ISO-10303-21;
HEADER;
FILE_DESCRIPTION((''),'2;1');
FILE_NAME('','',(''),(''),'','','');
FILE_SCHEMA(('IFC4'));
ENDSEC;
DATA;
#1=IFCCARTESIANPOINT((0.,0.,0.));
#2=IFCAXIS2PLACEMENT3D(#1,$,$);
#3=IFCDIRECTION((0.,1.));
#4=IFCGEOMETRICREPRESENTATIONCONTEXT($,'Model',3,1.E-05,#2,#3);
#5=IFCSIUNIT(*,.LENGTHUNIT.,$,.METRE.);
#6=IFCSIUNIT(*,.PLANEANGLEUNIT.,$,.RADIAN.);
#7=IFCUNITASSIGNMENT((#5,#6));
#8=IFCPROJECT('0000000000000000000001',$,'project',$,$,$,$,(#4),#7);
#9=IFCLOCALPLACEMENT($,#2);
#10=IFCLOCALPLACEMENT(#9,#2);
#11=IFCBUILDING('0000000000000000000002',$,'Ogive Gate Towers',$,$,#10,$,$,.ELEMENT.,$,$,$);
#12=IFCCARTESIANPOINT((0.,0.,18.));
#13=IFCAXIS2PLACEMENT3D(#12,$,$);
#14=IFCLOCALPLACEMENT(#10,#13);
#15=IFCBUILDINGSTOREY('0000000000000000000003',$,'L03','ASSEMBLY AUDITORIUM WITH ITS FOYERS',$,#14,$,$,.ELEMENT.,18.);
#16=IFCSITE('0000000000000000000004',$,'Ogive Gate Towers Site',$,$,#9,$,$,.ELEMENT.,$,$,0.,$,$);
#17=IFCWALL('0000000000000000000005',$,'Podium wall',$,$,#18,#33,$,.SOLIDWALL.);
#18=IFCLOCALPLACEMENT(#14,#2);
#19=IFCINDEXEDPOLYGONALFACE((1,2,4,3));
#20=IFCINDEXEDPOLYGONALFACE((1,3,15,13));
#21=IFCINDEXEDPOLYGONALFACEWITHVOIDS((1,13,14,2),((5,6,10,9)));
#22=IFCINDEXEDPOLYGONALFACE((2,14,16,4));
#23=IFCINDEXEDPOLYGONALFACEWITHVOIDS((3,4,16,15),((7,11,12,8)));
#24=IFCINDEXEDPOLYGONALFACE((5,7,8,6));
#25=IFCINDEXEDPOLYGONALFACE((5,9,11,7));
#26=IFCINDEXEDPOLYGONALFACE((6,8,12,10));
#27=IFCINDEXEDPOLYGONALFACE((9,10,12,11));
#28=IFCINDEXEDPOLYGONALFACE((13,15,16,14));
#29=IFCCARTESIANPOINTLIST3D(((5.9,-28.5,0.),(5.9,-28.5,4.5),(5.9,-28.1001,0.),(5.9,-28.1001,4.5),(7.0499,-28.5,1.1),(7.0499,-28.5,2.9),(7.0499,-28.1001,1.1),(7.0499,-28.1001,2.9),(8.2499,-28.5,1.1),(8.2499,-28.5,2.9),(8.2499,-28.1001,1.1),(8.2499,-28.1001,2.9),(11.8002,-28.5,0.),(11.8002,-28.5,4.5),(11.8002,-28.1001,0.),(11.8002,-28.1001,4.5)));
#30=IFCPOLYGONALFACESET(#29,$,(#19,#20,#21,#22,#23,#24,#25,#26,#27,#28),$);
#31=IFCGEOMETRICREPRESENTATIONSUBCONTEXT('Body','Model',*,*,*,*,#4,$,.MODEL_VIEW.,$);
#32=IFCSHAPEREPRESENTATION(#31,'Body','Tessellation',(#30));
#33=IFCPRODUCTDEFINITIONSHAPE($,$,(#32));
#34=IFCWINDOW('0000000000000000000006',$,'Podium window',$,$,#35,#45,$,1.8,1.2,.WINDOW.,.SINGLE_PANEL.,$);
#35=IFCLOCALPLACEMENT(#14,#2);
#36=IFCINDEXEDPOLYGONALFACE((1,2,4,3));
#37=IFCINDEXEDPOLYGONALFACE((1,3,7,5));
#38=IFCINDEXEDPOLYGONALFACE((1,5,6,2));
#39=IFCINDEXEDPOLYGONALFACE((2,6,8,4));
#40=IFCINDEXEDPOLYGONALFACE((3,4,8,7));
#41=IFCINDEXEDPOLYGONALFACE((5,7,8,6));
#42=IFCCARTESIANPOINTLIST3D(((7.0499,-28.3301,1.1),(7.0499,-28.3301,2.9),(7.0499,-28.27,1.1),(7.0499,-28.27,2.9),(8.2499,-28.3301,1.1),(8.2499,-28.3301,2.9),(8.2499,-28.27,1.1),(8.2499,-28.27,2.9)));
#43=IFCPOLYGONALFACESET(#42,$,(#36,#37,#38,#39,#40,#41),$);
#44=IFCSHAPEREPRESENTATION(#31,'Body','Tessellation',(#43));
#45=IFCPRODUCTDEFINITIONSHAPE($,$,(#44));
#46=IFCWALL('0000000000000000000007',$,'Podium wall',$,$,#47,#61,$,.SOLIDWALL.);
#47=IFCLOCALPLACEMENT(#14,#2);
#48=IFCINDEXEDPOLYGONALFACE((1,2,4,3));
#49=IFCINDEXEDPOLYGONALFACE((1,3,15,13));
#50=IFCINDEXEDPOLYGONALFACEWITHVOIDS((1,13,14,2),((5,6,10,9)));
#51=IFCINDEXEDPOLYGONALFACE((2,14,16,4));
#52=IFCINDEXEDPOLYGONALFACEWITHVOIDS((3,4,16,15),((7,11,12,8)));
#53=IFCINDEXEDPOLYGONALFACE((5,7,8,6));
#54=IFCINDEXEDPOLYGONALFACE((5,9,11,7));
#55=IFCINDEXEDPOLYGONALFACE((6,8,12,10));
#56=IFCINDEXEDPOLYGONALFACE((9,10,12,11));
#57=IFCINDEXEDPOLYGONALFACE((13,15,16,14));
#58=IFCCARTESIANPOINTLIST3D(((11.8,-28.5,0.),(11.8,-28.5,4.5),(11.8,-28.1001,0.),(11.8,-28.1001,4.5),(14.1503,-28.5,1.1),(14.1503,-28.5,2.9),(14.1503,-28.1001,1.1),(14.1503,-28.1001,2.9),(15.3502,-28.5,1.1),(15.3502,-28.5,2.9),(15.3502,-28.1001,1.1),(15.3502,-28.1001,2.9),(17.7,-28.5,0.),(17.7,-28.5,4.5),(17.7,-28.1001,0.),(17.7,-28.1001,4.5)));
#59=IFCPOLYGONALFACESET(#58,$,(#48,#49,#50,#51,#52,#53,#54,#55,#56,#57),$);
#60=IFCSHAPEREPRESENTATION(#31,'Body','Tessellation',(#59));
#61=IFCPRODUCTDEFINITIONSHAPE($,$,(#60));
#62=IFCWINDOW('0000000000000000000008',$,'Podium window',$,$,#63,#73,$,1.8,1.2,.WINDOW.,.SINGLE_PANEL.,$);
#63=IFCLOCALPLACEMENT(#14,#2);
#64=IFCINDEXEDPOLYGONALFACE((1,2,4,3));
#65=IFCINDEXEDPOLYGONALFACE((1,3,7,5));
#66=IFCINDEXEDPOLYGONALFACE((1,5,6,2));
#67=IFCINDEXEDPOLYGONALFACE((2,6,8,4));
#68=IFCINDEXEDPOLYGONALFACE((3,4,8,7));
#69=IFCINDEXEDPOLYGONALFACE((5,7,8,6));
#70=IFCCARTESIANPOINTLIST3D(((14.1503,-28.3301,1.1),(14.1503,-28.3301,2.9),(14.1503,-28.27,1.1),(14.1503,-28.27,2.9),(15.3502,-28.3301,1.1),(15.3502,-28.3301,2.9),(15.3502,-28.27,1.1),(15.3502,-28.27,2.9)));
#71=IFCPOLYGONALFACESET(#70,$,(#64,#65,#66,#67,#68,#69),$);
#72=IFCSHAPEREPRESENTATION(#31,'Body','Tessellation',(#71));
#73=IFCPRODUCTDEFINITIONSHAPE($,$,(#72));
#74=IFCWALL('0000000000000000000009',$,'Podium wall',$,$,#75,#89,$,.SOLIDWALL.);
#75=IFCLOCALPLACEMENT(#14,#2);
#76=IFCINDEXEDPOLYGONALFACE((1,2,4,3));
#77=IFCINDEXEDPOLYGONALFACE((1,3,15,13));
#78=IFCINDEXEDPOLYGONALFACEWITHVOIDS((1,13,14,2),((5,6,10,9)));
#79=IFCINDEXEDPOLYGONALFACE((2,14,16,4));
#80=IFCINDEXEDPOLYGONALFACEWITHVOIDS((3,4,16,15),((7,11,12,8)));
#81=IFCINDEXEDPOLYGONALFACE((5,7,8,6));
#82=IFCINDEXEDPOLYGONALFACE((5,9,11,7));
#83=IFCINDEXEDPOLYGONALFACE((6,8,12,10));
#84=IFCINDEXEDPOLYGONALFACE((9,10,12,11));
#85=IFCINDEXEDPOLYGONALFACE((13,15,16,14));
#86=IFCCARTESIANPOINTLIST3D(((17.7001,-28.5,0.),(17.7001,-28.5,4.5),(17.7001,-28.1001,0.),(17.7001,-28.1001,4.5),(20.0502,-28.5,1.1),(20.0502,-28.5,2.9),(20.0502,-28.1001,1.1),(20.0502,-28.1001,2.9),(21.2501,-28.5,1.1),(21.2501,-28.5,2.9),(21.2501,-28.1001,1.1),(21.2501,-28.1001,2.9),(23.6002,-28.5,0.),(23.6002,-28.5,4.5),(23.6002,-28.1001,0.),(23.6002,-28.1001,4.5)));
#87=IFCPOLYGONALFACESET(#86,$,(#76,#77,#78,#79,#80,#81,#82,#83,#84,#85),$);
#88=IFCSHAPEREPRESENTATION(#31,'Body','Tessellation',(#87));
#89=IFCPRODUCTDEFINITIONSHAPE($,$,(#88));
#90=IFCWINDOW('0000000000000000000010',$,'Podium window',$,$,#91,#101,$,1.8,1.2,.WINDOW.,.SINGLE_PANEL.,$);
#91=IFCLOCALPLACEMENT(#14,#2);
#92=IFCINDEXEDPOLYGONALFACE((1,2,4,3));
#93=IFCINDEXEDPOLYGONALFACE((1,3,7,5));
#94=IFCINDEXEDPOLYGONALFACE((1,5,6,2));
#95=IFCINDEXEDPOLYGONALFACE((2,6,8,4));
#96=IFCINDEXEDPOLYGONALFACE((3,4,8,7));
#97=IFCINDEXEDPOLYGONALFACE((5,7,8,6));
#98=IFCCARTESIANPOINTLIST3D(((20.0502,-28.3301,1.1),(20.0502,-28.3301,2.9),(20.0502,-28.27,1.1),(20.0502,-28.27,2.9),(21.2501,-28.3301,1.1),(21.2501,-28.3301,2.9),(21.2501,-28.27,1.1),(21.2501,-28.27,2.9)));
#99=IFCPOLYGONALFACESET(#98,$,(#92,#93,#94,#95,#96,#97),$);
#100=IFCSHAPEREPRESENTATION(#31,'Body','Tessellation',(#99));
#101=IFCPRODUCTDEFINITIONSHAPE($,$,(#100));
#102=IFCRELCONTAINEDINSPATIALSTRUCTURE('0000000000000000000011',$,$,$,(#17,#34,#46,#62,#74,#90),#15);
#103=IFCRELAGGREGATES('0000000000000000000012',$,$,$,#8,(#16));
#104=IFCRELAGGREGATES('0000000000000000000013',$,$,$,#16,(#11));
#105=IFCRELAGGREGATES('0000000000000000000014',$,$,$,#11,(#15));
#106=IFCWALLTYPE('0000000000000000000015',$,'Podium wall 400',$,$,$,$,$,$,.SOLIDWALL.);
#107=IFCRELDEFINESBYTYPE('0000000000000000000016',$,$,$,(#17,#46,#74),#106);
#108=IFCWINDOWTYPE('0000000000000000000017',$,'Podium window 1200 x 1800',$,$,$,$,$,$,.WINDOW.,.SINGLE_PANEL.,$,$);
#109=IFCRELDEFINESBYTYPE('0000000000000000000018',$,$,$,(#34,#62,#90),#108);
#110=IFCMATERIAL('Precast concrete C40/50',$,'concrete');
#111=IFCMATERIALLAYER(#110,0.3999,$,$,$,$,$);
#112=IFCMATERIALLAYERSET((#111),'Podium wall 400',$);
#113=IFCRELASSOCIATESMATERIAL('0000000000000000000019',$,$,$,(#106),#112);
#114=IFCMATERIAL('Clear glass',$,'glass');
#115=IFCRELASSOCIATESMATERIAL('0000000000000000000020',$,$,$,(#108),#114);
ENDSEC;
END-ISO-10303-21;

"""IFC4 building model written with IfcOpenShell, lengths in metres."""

from ifc_helpers import new_model, si_unit, direction, frame, frame_2d, origin, place, context, subcontext, project, spatial, rectangle, extrude, material, layer, layer_set, type_object, element, fill, save


model = new_model("IFC4")

# Units and contexts
model_context = context("Model", 3, precision=1e-05, world=origin(), true_north=direction((0.0, 1.0)))
body_context = subcontext(model_context, "Body", "Model", "MODEL_VIEW")
ifc_project = project(units=[si_unit("LENGTHUNIT", "METRE"), si_unit("PLANEANGLEUNIT", "RADIAN")], contexts=[model_context])

# Site, building, storey
site_placement = place(None, origin())
site = spatial("IfcSite", under=ifc_project, at=site_placement, Name="Ogive Gate Towers Site", CompositionType="ELEMENT", RefElevation=0.0)
building_placement = place(site_placement, origin())
building = spatial("IfcBuilding", under=site, at=building_placement, Name="Ogive Gate Towers", CompositionType="ELEMENT")
storey_placement = place(building_placement, frame((0.0, 0.0, 18.0)))
storey = spatial("IfcBuildingStorey", under=building, at=storey_placement, Name="L03", Description="ASSEMBLY AUDITORIUM WITH ITS FOYERS", CompositionType="ELEMENT", Elevation=18.0)

# Walls, openings, windows
ifc_material_1 = material(Name="Precast concrete C40/50", Category="concrete")
ifc_layer_1 = layer(ifc_material_1, 0.3999)
ifc_layer_set_1 = layer_set([ifc_layer_1], Name="Podium wall 400")
wall_type_1 = type_object("IfcWallType", Name="Podium wall 400", PredefinedType="SOLIDWALL", material=ifc_layer_set_1)
ifc_material_2 = material(Name="Clear glass", Category="glass")
window_type = type_object("IfcWindowType", Name="Podium window 1200 x 1800", PartitioningType="SINGLE_PANEL", PredefinedType="WINDOW", material=ifc_material_2)
wall_1_placement = place(storey_placement, frame((5.8999, -28.3, 0.0), z_axis=(0.0, 0.0, 1.0), x_axis=(1.0, 0.0, 0.0)))
wall_1 = element("IfcWall", 1, at=wall_1_placement, inside=storey, type_object=wall_type_1, Name="Podium wall", PredefinedType="SOLIDWALL", context=body_context, shape_type="SweptSolid", body=[
    extrude(rectangle(XDim=5.9001, YDim=0.3999, at=frame_2d((2.9502, 0.0))), origin(), (0.0, 0.0, 1.0), 4.5),
])
opening_1_placement = place(wall_1_placement, frame((1.1499, 0.0, 1.1001)))
opening_1 = element("IfcOpeningElement", 2, at=opening_1_placement, cuts=wall_1, PredefinedType="OPENING", context=body_context, shape_type="SweptSolid", body=[
    extrude(rectangle(XDim=1.2, YDim=1.8, at=frame_2d((0.6001, 0.8999))), frame((0.0, 0.21, 0.0), z_axis=(0.0, -1.0, 0.0), x_axis=(1.0, 0.0, 0.0)), (0.0, 0.0, 1.0), 0.4199),
])
window_1_placement = place(opening_1_placement, origin())
window_1 = element("IfcWindow", 3, at=window_1_placement, inside=storey, type_object=window_type, Name="Podium window", OverallHeight=1.8, OverallWidth=1.2, PartitioningType="SINGLE_PANEL", PredefinedType="WINDOW", context=body_context, shape_type="SweptSolid", body=[
    extrude(rectangle(XDim=1.2, YDim=1.8, at=frame_2d((0.6001, 0.8999))), frame((0.0, 0.03, 0.0), z_axis=(0.0, -1.0, 0.0), x_axis=(1.0, 0.0, 0.0)), (0.0, 0.0, 1.0), 0.0601),
])
fill(opening_1, window_1)
wall_2_placement = place(storey_placement, frame((11.8, -28.3, 0.0), z_axis=(0.0, 0.0, 1.0), x_axis=(1.0, 0.0, 0.0)))
wall_2 = element("IfcWall", 4, at=wall_2_placement, inside=storey, type_object=wall_type_1, Name="Podium wall", PredefinedType="SOLIDWALL", context=body_context, shape_type="SweptSolid", body=[
    extrude(rectangle(XDim=5.8999, YDim=0.3999, at=frame_2d((2.95, 0.0))), origin(), (0.0, 0.0, 1.0), 4.5),
])
opening_2_placement = place(wall_2_placement, frame((2.3501, 0.0, 1.1001)))
opening_2 = element("IfcOpeningElement", 5, at=opening_2_placement, cuts=wall_2, PredefinedType="OPENING", context=body_context, shape_type="SweptSolid", body=[
    extrude(rectangle(XDim=1.2, YDim=1.8, at=frame_2d((0.6001, 0.8999))), frame((0.0, 0.21, 0.0), z_axis=(0.0, -1.0, 0.0), x_axis=(1.0, 0.0, 0.0)), (0.0, 0.0, 1.0), 0.4199),
])
window_2_placement = place(opening_2_placement, origin())
window_2 = element("IfcWindow", 6, at=window_2_placement, inside=storey, type_object=window_type, Name="Podium window", OverallHeight=1.8, OverallWidth=1.2, PartitioningType="SINGLE_PANEL", PredefinedType="WINDOW", context=body_context, shape_type="SweptSolid", body=[
    extrude(rectangle(XDim=1.2, YDim=1.8, at=frame_2d((0.6001, 0.8999))), frame((0.0, 0.03, 0.0), z_axis=(0.0, -1.0, 0.0), x_axis=(1.0, 0.0, 0.0)), (0.0, 0.0, 1.0), 0.0601),
])
fill(opening_2, window_2)
wall_3_placement = place(storey_placement, frame((17.7, -28.3, 0.0), z_axis=(0.0, 0.0, 1.0), x_axis=(1.0, 0.0, 0.0)))
wall_3 = element("IfcWall", 7, at=wall_3_placement, inside=storey, type_object=wall_type_1, Name="Podium wall", PredefinedType="SOLIDWALL", context=body_context, shape_type="SweptSolid", body=[
    extrude(rectangle(XDim=5.9001, YDim=0.3999, at=frame_2d((2.9502, 0.0))), origin(), (0.0, 0.0, 1.0), 4.5),
])
opening_3_placement = place(wall_3_placement, frame((2.3501, 0.0, 1.1001)))
opening_3 = element("IfcOpeningElement", 8, at=opening_3_placement, cuts=wall_3, PredefinedType="OPENING", context=body_context, shape_type="SweptSolid", body=[
    extrude(rectangle(XDim=1.2, YDim=1.8, at=frame_2d((0.6001, 0.8999))), frame((0.0, 0.21, 0.0), z_axis=(0.0, -1.0, 0.0), x_axis=(1.0, 0.0, 0.0)), (0.0, 0.0, 1.0), 0.4199),
])
window_3_placement = place(opening_3_placement, origin())
window_3 = element("IfcWindow", 9, at=window_3_placement, inside=storey, type_object=window_type, Name="Podium window", OverallHeight=1.8, OverallWidth=1.2, PartitioningType="SINGLE_PANEL", PredefinedType="WINDOW", context=body_context, shape_type="SweptSolid", body=[
    extrude(rectangle(XDim=1.2, YDim=1.8, at=frame_2d((0.6001, 0.8999))), frame((0.0, 0.03, 0.0), z_axis=(0.0, -1.0, 0.0), x_axis=(1.0, 0.0, 0.0)), (0.0, 0.0, 1.0), 0.0601),
])
fill(opening_3, window_3)

save(model, "model.ifc")
